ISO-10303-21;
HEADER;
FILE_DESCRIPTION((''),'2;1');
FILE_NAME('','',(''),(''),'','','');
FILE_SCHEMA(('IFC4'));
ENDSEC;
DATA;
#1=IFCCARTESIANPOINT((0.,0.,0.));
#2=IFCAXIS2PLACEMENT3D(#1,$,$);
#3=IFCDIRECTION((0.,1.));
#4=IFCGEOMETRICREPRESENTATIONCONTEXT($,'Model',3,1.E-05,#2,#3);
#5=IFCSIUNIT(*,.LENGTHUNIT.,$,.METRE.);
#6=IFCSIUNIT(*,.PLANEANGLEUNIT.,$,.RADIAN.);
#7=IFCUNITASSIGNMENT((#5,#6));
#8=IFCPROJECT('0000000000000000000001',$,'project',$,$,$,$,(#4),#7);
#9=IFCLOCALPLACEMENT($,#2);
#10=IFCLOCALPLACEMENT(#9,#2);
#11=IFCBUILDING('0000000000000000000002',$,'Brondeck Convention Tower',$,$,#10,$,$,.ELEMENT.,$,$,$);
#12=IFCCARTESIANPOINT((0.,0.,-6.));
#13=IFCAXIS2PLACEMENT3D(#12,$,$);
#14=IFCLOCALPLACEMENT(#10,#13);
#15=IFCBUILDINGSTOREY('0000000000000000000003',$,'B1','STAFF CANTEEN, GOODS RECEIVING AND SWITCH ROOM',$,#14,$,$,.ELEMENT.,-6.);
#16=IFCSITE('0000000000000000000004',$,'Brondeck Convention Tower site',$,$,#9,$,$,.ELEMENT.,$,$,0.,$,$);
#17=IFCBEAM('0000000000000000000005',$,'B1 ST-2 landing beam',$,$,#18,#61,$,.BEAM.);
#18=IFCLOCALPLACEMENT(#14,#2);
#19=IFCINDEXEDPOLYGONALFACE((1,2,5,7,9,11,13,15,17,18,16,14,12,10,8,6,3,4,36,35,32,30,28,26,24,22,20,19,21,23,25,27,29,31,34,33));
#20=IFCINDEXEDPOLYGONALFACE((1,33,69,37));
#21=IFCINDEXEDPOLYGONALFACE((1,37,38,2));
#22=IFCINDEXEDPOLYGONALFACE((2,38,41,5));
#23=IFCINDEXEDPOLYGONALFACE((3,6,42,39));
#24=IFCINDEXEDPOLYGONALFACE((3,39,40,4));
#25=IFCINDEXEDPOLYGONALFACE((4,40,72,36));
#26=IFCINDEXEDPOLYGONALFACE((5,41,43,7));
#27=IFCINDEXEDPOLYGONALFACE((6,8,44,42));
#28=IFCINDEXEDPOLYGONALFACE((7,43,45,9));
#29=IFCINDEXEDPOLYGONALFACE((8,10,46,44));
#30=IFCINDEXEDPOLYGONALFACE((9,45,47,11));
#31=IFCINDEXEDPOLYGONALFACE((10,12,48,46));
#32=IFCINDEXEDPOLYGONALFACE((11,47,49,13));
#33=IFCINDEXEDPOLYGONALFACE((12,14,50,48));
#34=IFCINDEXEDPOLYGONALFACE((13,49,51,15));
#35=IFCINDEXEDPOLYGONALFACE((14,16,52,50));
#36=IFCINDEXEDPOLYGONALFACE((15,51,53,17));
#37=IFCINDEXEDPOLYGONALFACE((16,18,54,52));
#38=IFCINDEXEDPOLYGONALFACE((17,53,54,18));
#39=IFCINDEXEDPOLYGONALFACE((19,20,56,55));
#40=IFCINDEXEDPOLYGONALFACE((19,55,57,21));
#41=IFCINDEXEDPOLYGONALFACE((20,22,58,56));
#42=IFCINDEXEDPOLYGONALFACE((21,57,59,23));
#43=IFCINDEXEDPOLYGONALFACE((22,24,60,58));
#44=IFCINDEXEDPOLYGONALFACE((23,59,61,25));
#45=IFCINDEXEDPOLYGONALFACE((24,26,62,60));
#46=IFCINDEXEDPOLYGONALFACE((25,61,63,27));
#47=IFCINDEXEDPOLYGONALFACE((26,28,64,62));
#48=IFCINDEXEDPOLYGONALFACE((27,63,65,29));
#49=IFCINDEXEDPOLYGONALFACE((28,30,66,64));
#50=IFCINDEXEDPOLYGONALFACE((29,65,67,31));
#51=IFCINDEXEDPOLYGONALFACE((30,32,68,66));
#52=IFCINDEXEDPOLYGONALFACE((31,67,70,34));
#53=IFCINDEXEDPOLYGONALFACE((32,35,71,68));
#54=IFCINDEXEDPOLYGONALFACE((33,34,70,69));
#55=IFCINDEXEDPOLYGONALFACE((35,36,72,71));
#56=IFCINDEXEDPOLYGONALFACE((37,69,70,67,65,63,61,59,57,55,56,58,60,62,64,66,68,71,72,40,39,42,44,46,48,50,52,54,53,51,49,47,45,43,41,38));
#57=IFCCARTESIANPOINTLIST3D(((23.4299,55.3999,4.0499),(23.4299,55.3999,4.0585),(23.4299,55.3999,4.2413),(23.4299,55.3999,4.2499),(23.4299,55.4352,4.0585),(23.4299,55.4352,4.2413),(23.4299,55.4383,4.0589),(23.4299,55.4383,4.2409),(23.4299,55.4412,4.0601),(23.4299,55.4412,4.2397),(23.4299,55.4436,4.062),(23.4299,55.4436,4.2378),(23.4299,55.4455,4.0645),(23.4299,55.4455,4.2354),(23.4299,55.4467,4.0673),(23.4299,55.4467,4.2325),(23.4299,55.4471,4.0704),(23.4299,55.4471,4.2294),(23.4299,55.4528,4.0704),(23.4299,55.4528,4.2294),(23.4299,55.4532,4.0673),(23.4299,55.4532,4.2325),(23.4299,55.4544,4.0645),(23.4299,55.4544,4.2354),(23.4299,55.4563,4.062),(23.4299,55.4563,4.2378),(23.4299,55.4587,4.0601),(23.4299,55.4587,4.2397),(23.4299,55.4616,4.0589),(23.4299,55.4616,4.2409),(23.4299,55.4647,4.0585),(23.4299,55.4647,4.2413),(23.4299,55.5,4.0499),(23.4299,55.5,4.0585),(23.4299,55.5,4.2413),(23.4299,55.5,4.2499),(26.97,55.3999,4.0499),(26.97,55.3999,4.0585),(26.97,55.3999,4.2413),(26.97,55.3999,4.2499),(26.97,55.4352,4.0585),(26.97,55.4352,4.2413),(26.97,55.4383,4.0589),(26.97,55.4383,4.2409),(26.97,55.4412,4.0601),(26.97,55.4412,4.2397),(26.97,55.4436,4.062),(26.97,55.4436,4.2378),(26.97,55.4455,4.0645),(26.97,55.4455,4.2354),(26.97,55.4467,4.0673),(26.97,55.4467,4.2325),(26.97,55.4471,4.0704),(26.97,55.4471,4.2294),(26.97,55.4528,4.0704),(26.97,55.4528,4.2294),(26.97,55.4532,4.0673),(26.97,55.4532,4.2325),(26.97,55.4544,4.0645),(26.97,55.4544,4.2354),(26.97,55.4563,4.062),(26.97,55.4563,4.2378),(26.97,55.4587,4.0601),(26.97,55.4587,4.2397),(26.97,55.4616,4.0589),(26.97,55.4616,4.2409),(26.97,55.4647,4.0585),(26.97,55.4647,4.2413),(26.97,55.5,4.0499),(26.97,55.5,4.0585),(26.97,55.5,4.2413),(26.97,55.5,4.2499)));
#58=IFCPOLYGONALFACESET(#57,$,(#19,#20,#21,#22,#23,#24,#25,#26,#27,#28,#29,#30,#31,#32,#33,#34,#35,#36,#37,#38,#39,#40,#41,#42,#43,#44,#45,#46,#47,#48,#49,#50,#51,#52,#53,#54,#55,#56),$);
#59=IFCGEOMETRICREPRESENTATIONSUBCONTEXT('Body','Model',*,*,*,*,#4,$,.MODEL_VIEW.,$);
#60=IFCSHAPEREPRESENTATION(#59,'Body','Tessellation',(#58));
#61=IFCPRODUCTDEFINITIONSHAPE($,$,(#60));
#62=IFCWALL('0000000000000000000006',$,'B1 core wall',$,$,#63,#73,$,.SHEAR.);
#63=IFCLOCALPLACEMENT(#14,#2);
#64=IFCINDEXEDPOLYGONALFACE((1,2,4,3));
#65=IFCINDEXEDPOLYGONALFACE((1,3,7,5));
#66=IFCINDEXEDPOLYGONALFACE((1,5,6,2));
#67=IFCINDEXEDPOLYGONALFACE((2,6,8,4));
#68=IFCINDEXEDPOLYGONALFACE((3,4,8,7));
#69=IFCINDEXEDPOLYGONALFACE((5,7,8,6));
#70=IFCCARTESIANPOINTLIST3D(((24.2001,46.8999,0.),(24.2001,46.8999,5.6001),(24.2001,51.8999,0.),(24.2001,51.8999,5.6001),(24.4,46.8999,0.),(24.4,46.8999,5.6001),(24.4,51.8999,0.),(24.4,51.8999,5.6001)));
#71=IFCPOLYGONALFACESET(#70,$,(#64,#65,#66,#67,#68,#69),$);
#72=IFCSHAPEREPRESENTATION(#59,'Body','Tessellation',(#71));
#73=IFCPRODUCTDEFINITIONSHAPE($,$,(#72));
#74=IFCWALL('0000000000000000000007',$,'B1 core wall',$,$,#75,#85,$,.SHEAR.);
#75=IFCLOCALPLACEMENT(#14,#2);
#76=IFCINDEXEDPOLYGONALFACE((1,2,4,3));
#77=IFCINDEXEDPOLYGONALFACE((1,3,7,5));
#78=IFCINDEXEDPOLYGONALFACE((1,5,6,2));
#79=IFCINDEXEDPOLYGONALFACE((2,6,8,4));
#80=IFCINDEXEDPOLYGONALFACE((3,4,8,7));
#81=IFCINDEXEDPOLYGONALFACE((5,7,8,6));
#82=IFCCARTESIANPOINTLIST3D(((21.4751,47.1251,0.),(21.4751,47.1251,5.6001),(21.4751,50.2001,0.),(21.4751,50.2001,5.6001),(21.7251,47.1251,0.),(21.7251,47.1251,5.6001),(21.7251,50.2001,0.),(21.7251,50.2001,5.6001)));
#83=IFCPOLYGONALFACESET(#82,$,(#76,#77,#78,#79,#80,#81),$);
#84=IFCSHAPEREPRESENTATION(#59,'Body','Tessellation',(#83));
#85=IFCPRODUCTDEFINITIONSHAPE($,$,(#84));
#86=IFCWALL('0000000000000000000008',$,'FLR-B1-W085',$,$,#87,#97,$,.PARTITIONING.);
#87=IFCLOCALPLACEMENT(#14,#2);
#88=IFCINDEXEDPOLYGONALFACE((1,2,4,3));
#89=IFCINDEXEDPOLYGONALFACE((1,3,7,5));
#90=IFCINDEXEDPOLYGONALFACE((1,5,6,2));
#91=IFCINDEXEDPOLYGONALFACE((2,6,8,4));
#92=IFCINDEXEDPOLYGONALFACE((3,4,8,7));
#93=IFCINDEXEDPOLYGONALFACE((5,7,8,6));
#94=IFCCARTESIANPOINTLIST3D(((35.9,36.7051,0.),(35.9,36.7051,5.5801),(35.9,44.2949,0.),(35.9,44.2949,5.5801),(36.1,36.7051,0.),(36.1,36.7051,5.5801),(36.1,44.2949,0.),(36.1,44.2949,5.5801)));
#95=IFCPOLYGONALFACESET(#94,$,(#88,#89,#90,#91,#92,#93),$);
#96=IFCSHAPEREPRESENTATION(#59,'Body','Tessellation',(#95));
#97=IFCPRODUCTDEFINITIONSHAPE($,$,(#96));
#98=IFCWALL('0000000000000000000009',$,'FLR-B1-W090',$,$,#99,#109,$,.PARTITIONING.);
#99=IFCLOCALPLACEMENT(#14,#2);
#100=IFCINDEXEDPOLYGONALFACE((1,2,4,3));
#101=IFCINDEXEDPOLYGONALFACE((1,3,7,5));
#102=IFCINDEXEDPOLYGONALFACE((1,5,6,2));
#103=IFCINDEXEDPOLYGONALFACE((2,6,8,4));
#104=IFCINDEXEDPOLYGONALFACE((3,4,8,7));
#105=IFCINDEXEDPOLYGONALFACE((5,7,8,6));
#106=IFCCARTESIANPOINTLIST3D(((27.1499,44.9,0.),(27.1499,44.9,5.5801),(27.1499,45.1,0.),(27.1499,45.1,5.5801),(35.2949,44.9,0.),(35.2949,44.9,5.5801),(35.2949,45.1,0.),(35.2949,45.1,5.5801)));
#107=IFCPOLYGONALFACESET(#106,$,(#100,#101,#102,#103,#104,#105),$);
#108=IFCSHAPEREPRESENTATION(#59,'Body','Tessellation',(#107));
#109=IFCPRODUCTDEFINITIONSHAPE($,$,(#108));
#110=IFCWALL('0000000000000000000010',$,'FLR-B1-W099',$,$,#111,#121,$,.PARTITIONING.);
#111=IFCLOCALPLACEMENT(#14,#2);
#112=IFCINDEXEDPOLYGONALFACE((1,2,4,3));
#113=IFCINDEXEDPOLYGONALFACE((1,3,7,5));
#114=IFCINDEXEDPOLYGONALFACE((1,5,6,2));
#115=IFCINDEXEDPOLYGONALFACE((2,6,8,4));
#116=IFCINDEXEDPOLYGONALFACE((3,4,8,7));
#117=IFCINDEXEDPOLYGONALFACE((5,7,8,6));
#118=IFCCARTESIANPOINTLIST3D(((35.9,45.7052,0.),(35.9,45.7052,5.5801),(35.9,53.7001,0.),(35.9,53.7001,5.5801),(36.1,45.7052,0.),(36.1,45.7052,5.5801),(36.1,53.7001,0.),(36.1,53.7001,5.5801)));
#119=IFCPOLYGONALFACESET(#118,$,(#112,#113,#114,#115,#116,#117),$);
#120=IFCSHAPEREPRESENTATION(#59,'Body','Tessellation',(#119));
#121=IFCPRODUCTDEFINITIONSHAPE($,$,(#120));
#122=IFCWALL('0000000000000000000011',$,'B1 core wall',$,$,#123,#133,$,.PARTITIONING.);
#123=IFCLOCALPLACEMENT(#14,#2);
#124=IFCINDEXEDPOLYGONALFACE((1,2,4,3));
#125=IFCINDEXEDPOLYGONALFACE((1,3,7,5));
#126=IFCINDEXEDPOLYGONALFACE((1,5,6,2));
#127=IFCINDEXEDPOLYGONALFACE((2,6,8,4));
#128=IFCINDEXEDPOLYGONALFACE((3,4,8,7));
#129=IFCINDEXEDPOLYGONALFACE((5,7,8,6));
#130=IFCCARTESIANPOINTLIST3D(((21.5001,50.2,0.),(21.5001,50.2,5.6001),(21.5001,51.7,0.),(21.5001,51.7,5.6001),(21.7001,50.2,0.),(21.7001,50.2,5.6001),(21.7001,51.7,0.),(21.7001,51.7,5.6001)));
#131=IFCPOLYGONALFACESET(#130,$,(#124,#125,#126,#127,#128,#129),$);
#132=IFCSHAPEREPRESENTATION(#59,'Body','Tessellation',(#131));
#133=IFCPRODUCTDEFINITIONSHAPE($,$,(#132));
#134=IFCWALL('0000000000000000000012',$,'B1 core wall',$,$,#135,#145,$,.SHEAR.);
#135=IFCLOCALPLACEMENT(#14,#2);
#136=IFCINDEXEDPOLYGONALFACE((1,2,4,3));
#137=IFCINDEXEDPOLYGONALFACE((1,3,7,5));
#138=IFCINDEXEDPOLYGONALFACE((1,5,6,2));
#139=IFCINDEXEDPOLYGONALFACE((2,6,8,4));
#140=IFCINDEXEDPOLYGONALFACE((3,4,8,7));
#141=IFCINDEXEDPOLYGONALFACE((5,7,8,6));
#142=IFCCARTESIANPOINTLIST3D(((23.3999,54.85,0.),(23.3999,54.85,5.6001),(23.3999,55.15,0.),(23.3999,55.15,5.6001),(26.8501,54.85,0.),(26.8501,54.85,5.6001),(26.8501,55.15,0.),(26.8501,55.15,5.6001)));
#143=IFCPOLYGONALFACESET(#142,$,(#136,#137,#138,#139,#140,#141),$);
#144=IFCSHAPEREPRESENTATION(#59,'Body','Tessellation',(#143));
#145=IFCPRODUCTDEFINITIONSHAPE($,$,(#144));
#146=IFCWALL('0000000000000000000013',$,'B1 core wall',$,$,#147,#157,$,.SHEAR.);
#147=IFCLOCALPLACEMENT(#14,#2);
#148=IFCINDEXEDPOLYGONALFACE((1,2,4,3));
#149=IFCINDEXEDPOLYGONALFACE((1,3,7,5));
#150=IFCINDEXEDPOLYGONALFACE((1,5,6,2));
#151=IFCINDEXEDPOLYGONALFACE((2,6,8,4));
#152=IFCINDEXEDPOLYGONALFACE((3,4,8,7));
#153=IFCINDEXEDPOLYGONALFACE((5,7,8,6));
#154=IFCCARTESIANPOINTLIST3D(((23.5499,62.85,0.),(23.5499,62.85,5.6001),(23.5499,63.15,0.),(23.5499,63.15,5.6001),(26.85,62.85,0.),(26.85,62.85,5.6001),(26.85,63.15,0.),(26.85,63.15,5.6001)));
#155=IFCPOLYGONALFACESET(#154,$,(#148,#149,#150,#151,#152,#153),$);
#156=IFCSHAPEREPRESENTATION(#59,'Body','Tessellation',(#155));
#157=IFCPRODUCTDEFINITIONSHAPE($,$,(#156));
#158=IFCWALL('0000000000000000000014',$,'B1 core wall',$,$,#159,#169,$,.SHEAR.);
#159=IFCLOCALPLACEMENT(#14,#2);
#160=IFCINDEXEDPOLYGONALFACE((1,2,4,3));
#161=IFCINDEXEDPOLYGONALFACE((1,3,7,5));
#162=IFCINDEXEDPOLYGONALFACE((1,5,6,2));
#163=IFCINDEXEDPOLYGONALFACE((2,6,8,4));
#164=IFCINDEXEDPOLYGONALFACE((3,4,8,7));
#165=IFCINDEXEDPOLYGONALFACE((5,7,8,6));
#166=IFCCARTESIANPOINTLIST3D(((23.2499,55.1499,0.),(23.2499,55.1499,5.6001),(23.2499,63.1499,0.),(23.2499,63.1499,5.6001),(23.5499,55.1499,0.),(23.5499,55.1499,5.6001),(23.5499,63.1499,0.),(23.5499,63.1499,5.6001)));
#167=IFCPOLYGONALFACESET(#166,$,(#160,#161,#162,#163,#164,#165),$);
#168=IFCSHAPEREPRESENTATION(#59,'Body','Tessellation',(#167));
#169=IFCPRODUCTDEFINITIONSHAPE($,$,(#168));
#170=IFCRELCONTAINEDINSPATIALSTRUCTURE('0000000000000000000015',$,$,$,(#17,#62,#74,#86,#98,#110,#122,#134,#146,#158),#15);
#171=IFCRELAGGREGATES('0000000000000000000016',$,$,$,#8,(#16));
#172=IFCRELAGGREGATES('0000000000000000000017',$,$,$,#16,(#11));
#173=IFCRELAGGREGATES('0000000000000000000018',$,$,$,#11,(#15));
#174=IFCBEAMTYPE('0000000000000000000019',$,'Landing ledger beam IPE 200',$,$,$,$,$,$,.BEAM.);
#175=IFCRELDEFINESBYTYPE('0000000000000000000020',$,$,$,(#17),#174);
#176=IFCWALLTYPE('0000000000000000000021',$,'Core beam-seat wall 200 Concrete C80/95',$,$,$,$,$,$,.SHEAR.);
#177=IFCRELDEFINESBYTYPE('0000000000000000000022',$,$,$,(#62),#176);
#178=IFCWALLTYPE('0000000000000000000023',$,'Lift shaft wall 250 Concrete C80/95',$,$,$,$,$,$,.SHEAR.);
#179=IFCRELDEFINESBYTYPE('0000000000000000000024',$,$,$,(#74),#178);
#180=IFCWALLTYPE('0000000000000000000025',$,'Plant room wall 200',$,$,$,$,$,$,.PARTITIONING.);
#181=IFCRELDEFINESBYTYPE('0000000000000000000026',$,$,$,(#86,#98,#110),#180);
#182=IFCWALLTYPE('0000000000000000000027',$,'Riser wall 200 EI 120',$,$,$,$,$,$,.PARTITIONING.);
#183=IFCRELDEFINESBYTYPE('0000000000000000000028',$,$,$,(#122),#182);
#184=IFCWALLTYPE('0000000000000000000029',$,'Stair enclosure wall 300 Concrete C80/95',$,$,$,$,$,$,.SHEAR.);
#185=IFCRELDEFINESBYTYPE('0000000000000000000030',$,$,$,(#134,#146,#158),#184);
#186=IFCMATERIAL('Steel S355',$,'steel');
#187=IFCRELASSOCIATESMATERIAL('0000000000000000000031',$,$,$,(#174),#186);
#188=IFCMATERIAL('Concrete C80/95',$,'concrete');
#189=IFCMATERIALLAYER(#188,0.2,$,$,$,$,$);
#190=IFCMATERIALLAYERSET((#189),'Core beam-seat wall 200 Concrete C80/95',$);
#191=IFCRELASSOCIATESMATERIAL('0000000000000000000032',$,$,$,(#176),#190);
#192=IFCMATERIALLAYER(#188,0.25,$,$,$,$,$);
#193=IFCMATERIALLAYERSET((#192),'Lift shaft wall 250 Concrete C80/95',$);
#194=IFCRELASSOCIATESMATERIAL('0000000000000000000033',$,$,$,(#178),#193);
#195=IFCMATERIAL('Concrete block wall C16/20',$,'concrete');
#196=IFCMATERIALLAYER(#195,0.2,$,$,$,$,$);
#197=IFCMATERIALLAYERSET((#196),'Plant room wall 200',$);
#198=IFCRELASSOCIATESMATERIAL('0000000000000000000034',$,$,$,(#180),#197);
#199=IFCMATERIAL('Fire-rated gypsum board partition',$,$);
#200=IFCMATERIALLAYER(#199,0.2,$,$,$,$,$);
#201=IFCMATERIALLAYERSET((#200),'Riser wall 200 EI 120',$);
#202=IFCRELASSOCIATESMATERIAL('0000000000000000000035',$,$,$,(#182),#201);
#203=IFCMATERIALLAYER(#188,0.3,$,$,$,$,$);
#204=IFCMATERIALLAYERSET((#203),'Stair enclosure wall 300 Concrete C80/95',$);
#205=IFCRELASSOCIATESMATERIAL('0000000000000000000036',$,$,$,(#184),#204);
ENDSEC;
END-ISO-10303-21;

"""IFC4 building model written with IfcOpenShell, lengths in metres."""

from ifc_helpers import new_model, si_unit, direction, frame, frame_2d, origin, origin_2d, place, context, subcontext, project, spatial, rectangle, i_section, extrude, material, layer, layer_set, material_profile, profile_set, type_object, element, save


model = new_model("IFC4")

# Units and contexts
model_context = context("Model", 3, precision=1e-05, world=origin(), true_north=direction((0.0, 1.0)))
body_context = subcontext(model_context, "Body", "Model", "MODEL_VIEW")
ifc_project = project(units=[si_unit("LENGTHUNIT", "METRE"), si_unit("PLANEANGLEUNIT", "RADIAN")], contexts=[model_context])

# Site, building, storey
site_placement = place(None, origin())
site = spatial("IfcSite", under=ifc_project, at=site_placement, Name="Brondeck Convention Tower site", CompositionType="ELEMENT", RefElevation=0.0)
building_placement = place(site_placement, origin())
building = spatial("IfcBuilding", under=site, at=building_placement, Name="Brondeck Convention Tower", CompositionType="ELEMENT")
storey_placement = place(building_placement, frame((0.0, 0.0, -6.0)))
storey = spatial("IfcBuildingStorey", under=building, at=storey_placement, Name="B1", Description="STAFF CANTEEN, GOODS RECEIVING AND SWITCH ROOM", CompositionType="ELEMENT", Elevation=-6.0)

# Shared definitions
ifc_material_1 = material(Name="Concrete C80/95", Category="concrete")

# Beam
ifc_material_2 = material(Name="Steel S355", Category="steel")
ifc_material_profile_1 = material_profile(ifc_material_2, i_section(OverallWidth=0.1001, OverallDepth=0.2, WebThickness=0.0056, FlangeThickness=0.0085, FilletRadius=0.012, at=origin_2d()), Name="IPE200")
ifc_profile_set_1 = profile_set([ifc_material_profile_1], Name="Steel S355")
beam_type = type_object("IfcBeamType", Name="Landing ledger beam IPE 200", PredefinedType="BEAM", material=ifc_profile_set_1)
for number, where, z_axis, x_axis, name in (
    (1, (23.4299, 55.45, 4.1499), (1.0, 0.0, 0.0), (0.0, 1.0, 0.0), "B1 ST-2 landing beam"),
):
    element("IfcBeam", number, at=place(storey_placement, frame(where, z_axis=z_axis, x_axis=x_axis)), inside=storey, type_object=beam_type, Name=name, PredefinedType="BEAM", context=body_context, shape_type="SweptSolid", body=[
        extrude(i_section(OverallWidth=0.1001, OverallDepth=0.2, WebThickness=0.0056, FlangeThickness=0.0085, FilletRadius=0.012, at=origin_2d()), origin(), (0.0, 0.0, 1.0), 3.54),
    ])

# Walls
ifc_layer_1 = layer(ifc_material_1, 0.2)
ifc_layer_set_1 = layer_set([ifc_layer_1], Name="Core beam-seat wall 200 Concrete C80/95")
wall_type_1 = type_object("IfcWallType", Name="Core beam-seat wall 200 Concrete C80/95", PredefinedType="SHEAR", material=ifc_layer_set_1)
wall_1_placement = place(storey_placement, frame((24.3, 46.8999, 0.0), z_axis=(0.0, 0.0, 1.0), x_axis=(0.0, 1.0, 0.0)))
element("IfcWall", 2, at=wall_1_placement, inside=storey, type_object=wall_type_1, Name="B1 core wall", PredefinedType="SHEAR", context=body_context, shape_type="SweptSolid", body=[
    extrude(rectangle(XDim=5.0, YDim=0.2, at=frame_2d((2.5, 0.0))), origin(), (0.0, 0.0, 1.0), 5.6001),
])
ifc_layer_2 = layer(ifc_material_1, 0.25)
ifc_layer_set_2 = layer_set([ifc_layer_2], Name="Lift shaft wall 250 Concrete C80/95")
wall_type_2 = type_object("IfcWallType", Name="Lift shaft wall 250 Concrete C80/95", PredefinedType="SHEAR", material=ifc_layer_set_2)
wall_2_placement = place(storey_placement, frame((21.6001, 47.125, 0.0), z_axis=(0.0, 0.0, 1.0), x_axis=(0.0, 1.0, 0.0)))
element("IfcWall", 3, at=wall_2_placement, inside=storey, type_object=wall_type_2, Name="B1 core wall", PredefinedType="SHEAR", context=body_context, shape_type="SweptSolid", body=[
    extrude(rectangle(XDim=3.075, YDim=0.25, at=frame_2d((1.5376, 0.0))), origin(), (0.0, 0.0, 1.0), 5.6001),
])
ifc_material_3 = material(Name="Concrete block wall C16/20", Category="concrete")
ifc_layer_3 = layer(ifc_material_3, 0.2)
ifc_layer_set_3 = layer_set([ifc_layer_3], Name="Plant room wall 200")
wall_type_3 = type_object("IfcWallType", Name="Plant room wall 200", PredefinedType="PARTITIONING", material=ifc_layer_set_3)
wall_3_placement = place(storey_placement, frame((36.0, 44.2949, 0.0), z_axis=(0.0, 0.0, 1.0), x_axis=(0.0, -1.0, 0.0)))
element("IfcWall", 4, at=wall_3_placement, inside=storey, type_object=wall_type_3, Name="FLR-B1-W085", PredefinedType="PARTITIONING", context=body_context, shape_type="SweptSolid", body=[
    extrude(rectangle(XDim=7.5898, YDim=0.2, at=frame_2d((3.7949, 0.0))), origin(), (0.0, 0.0, 1.0), 5.5801),
])
wall_4_placement = place(storey_placement, frame((27.1499, 45.0, 0.0), z_axis=(0.0, 0.0, 1.0), x_axis=(1.0, 0.0, 0.0)))
element("IfcWall", 5, at=wall_4_placement, inside=storey, type_object=wall_type_3, Name="FLR-B1-W090", PredefinedType="PARTITIONING", context=body_context, shape_type="SweptSolid", body=[
    extrude(rectangle(XDim=8.145, YDim=0.2, at=frame_2d((4.0725, 0.0))), origin(), (0.0, 0.0, 1.0), 5.5801),
])
wall_5_placement = place(storey_placement, frame((36.0, 45.7051, 0.0), z_axis=(0.0, 0.0, 1.0), x_axis=(0.0, 1.0, 0.0)))
element("IfcWall", 6, at=wall_5_placement, inside=storey, type_object=wall_type_3, Name="FLR-B1-W099", PredefinedType="PARTITIONING", context=body_context, shape_type="SweptSolid", body=[
    extrude(rectangle(XDim=7.9949, YDim=0.2, at=frame_2d((3.9976, 0.0))), origin(), (0.0, 0.0, 1.0), 5.5801),
])
ifc_material_4 = material(Name="Fire-rated gypsum board partition")
ifc_layer_4 = layer(ifc_material_4, 0.2)
ifc_layer_set_4 = layer_set([ifc_layer_4], Name="Riser wall 200 EI 120")
wall_type_4 = type_object("IfcWallType", Name="Riser wall 200 EI 120", PredefinedType="PARTITIONING", material=ifc_layer_set_4)
wall_6_placement = place(storey_placement, frame((21.6001, 50.2, 0.0), z_axis=(0.0, 0.0, 1.0), x_axis=(0.0, 1.0, 0.0)))
element("IfcWall", 7, at=wall_6_placement, inside=storey, type_object=wall_type_4, Name="B1 core wall", PredefinedType="PARTITIONING", context=body_context, shape_type="SweptSolid", body=[
    extrude(rectangle(XDim=1.5, YDim=0.2, at=frame_2d((0.75, 0.0))), origin(), (0.0, 0.0, 1.0), 5.6001),
])
ifc_layer_5 = layer(ifc_material_1, 0.3)
ifc_layer_set_5 = layer_set([ifc_layer_5], Name="Stair enclosure wall 300 Concrete C80/95")
wall_type_5 = type_object("IfcWallType", Name="Stair enclosure wall 300 Concrete C80/95", PredefinedType="SHEAR", material=ifc_layer_set_5)
wall_7_placement = place(storey_placement, frame((23.3999, 55.0, 0.0), z_axis=(0.0, 0.0, 1.0), x_axis=(1.0, 0.0, 0.0)))
element("IfcWall", 8, at=wall_7_placement, inside=storey, type_object=wall_type_5, Name="B1 core wall", PredefinedType="SHEAR", context=body_context, shape_type="SweptSolid", body=[
    extrude(rectangle(XDim=3.4502, YDim=0.3, at=frame_2d((1.7251, 0.0))), origin(), (0.0, 0.0, 1.0), 5.6001),
])
wall_8_placement = place(storey_placement, frame((23.55, 63.0, 0.0), z_axis=(0.0, 0.0, 1.0), x_axis=(1.0, 0.0, 0.0)))
element("IfcWall", 9, at=wall_8_placement, inside=storey, type_object=wall_type_5, Name="B1 core wall", PredefinedType="SHEAR", context=body_context, shape_type="SweptSolid", body=[
    extrude(rectangle(XDim=3.3, YDim=0.3, at=frame_2d((1.6499, 0.0))), origin(), (0.0, 0.0, 1.0), 5.6001),
])
wall_9_placement = place(storey_placement, frame((23.3999, 55.1499, 0.0), z_axis=(0.0, 0.0, 1.0), x_axis=(0.0, 1.0, 0.0)))
element("IfcWall", 10, at=wall_9_placement, inside=storey, type_object=wall_type_5, Name="B1 core wall", PredefinedType="SHEAR", context=body_context, shape_type="SweptSolid", body=[
    extrude(rectangle(XDim=8.0, YDim=0.3, at=frame_2d((4.0, 0.0))), origin(), (0.0, 0.0, 1.0), 5.6001),
])

save(model, "model.ifc")
